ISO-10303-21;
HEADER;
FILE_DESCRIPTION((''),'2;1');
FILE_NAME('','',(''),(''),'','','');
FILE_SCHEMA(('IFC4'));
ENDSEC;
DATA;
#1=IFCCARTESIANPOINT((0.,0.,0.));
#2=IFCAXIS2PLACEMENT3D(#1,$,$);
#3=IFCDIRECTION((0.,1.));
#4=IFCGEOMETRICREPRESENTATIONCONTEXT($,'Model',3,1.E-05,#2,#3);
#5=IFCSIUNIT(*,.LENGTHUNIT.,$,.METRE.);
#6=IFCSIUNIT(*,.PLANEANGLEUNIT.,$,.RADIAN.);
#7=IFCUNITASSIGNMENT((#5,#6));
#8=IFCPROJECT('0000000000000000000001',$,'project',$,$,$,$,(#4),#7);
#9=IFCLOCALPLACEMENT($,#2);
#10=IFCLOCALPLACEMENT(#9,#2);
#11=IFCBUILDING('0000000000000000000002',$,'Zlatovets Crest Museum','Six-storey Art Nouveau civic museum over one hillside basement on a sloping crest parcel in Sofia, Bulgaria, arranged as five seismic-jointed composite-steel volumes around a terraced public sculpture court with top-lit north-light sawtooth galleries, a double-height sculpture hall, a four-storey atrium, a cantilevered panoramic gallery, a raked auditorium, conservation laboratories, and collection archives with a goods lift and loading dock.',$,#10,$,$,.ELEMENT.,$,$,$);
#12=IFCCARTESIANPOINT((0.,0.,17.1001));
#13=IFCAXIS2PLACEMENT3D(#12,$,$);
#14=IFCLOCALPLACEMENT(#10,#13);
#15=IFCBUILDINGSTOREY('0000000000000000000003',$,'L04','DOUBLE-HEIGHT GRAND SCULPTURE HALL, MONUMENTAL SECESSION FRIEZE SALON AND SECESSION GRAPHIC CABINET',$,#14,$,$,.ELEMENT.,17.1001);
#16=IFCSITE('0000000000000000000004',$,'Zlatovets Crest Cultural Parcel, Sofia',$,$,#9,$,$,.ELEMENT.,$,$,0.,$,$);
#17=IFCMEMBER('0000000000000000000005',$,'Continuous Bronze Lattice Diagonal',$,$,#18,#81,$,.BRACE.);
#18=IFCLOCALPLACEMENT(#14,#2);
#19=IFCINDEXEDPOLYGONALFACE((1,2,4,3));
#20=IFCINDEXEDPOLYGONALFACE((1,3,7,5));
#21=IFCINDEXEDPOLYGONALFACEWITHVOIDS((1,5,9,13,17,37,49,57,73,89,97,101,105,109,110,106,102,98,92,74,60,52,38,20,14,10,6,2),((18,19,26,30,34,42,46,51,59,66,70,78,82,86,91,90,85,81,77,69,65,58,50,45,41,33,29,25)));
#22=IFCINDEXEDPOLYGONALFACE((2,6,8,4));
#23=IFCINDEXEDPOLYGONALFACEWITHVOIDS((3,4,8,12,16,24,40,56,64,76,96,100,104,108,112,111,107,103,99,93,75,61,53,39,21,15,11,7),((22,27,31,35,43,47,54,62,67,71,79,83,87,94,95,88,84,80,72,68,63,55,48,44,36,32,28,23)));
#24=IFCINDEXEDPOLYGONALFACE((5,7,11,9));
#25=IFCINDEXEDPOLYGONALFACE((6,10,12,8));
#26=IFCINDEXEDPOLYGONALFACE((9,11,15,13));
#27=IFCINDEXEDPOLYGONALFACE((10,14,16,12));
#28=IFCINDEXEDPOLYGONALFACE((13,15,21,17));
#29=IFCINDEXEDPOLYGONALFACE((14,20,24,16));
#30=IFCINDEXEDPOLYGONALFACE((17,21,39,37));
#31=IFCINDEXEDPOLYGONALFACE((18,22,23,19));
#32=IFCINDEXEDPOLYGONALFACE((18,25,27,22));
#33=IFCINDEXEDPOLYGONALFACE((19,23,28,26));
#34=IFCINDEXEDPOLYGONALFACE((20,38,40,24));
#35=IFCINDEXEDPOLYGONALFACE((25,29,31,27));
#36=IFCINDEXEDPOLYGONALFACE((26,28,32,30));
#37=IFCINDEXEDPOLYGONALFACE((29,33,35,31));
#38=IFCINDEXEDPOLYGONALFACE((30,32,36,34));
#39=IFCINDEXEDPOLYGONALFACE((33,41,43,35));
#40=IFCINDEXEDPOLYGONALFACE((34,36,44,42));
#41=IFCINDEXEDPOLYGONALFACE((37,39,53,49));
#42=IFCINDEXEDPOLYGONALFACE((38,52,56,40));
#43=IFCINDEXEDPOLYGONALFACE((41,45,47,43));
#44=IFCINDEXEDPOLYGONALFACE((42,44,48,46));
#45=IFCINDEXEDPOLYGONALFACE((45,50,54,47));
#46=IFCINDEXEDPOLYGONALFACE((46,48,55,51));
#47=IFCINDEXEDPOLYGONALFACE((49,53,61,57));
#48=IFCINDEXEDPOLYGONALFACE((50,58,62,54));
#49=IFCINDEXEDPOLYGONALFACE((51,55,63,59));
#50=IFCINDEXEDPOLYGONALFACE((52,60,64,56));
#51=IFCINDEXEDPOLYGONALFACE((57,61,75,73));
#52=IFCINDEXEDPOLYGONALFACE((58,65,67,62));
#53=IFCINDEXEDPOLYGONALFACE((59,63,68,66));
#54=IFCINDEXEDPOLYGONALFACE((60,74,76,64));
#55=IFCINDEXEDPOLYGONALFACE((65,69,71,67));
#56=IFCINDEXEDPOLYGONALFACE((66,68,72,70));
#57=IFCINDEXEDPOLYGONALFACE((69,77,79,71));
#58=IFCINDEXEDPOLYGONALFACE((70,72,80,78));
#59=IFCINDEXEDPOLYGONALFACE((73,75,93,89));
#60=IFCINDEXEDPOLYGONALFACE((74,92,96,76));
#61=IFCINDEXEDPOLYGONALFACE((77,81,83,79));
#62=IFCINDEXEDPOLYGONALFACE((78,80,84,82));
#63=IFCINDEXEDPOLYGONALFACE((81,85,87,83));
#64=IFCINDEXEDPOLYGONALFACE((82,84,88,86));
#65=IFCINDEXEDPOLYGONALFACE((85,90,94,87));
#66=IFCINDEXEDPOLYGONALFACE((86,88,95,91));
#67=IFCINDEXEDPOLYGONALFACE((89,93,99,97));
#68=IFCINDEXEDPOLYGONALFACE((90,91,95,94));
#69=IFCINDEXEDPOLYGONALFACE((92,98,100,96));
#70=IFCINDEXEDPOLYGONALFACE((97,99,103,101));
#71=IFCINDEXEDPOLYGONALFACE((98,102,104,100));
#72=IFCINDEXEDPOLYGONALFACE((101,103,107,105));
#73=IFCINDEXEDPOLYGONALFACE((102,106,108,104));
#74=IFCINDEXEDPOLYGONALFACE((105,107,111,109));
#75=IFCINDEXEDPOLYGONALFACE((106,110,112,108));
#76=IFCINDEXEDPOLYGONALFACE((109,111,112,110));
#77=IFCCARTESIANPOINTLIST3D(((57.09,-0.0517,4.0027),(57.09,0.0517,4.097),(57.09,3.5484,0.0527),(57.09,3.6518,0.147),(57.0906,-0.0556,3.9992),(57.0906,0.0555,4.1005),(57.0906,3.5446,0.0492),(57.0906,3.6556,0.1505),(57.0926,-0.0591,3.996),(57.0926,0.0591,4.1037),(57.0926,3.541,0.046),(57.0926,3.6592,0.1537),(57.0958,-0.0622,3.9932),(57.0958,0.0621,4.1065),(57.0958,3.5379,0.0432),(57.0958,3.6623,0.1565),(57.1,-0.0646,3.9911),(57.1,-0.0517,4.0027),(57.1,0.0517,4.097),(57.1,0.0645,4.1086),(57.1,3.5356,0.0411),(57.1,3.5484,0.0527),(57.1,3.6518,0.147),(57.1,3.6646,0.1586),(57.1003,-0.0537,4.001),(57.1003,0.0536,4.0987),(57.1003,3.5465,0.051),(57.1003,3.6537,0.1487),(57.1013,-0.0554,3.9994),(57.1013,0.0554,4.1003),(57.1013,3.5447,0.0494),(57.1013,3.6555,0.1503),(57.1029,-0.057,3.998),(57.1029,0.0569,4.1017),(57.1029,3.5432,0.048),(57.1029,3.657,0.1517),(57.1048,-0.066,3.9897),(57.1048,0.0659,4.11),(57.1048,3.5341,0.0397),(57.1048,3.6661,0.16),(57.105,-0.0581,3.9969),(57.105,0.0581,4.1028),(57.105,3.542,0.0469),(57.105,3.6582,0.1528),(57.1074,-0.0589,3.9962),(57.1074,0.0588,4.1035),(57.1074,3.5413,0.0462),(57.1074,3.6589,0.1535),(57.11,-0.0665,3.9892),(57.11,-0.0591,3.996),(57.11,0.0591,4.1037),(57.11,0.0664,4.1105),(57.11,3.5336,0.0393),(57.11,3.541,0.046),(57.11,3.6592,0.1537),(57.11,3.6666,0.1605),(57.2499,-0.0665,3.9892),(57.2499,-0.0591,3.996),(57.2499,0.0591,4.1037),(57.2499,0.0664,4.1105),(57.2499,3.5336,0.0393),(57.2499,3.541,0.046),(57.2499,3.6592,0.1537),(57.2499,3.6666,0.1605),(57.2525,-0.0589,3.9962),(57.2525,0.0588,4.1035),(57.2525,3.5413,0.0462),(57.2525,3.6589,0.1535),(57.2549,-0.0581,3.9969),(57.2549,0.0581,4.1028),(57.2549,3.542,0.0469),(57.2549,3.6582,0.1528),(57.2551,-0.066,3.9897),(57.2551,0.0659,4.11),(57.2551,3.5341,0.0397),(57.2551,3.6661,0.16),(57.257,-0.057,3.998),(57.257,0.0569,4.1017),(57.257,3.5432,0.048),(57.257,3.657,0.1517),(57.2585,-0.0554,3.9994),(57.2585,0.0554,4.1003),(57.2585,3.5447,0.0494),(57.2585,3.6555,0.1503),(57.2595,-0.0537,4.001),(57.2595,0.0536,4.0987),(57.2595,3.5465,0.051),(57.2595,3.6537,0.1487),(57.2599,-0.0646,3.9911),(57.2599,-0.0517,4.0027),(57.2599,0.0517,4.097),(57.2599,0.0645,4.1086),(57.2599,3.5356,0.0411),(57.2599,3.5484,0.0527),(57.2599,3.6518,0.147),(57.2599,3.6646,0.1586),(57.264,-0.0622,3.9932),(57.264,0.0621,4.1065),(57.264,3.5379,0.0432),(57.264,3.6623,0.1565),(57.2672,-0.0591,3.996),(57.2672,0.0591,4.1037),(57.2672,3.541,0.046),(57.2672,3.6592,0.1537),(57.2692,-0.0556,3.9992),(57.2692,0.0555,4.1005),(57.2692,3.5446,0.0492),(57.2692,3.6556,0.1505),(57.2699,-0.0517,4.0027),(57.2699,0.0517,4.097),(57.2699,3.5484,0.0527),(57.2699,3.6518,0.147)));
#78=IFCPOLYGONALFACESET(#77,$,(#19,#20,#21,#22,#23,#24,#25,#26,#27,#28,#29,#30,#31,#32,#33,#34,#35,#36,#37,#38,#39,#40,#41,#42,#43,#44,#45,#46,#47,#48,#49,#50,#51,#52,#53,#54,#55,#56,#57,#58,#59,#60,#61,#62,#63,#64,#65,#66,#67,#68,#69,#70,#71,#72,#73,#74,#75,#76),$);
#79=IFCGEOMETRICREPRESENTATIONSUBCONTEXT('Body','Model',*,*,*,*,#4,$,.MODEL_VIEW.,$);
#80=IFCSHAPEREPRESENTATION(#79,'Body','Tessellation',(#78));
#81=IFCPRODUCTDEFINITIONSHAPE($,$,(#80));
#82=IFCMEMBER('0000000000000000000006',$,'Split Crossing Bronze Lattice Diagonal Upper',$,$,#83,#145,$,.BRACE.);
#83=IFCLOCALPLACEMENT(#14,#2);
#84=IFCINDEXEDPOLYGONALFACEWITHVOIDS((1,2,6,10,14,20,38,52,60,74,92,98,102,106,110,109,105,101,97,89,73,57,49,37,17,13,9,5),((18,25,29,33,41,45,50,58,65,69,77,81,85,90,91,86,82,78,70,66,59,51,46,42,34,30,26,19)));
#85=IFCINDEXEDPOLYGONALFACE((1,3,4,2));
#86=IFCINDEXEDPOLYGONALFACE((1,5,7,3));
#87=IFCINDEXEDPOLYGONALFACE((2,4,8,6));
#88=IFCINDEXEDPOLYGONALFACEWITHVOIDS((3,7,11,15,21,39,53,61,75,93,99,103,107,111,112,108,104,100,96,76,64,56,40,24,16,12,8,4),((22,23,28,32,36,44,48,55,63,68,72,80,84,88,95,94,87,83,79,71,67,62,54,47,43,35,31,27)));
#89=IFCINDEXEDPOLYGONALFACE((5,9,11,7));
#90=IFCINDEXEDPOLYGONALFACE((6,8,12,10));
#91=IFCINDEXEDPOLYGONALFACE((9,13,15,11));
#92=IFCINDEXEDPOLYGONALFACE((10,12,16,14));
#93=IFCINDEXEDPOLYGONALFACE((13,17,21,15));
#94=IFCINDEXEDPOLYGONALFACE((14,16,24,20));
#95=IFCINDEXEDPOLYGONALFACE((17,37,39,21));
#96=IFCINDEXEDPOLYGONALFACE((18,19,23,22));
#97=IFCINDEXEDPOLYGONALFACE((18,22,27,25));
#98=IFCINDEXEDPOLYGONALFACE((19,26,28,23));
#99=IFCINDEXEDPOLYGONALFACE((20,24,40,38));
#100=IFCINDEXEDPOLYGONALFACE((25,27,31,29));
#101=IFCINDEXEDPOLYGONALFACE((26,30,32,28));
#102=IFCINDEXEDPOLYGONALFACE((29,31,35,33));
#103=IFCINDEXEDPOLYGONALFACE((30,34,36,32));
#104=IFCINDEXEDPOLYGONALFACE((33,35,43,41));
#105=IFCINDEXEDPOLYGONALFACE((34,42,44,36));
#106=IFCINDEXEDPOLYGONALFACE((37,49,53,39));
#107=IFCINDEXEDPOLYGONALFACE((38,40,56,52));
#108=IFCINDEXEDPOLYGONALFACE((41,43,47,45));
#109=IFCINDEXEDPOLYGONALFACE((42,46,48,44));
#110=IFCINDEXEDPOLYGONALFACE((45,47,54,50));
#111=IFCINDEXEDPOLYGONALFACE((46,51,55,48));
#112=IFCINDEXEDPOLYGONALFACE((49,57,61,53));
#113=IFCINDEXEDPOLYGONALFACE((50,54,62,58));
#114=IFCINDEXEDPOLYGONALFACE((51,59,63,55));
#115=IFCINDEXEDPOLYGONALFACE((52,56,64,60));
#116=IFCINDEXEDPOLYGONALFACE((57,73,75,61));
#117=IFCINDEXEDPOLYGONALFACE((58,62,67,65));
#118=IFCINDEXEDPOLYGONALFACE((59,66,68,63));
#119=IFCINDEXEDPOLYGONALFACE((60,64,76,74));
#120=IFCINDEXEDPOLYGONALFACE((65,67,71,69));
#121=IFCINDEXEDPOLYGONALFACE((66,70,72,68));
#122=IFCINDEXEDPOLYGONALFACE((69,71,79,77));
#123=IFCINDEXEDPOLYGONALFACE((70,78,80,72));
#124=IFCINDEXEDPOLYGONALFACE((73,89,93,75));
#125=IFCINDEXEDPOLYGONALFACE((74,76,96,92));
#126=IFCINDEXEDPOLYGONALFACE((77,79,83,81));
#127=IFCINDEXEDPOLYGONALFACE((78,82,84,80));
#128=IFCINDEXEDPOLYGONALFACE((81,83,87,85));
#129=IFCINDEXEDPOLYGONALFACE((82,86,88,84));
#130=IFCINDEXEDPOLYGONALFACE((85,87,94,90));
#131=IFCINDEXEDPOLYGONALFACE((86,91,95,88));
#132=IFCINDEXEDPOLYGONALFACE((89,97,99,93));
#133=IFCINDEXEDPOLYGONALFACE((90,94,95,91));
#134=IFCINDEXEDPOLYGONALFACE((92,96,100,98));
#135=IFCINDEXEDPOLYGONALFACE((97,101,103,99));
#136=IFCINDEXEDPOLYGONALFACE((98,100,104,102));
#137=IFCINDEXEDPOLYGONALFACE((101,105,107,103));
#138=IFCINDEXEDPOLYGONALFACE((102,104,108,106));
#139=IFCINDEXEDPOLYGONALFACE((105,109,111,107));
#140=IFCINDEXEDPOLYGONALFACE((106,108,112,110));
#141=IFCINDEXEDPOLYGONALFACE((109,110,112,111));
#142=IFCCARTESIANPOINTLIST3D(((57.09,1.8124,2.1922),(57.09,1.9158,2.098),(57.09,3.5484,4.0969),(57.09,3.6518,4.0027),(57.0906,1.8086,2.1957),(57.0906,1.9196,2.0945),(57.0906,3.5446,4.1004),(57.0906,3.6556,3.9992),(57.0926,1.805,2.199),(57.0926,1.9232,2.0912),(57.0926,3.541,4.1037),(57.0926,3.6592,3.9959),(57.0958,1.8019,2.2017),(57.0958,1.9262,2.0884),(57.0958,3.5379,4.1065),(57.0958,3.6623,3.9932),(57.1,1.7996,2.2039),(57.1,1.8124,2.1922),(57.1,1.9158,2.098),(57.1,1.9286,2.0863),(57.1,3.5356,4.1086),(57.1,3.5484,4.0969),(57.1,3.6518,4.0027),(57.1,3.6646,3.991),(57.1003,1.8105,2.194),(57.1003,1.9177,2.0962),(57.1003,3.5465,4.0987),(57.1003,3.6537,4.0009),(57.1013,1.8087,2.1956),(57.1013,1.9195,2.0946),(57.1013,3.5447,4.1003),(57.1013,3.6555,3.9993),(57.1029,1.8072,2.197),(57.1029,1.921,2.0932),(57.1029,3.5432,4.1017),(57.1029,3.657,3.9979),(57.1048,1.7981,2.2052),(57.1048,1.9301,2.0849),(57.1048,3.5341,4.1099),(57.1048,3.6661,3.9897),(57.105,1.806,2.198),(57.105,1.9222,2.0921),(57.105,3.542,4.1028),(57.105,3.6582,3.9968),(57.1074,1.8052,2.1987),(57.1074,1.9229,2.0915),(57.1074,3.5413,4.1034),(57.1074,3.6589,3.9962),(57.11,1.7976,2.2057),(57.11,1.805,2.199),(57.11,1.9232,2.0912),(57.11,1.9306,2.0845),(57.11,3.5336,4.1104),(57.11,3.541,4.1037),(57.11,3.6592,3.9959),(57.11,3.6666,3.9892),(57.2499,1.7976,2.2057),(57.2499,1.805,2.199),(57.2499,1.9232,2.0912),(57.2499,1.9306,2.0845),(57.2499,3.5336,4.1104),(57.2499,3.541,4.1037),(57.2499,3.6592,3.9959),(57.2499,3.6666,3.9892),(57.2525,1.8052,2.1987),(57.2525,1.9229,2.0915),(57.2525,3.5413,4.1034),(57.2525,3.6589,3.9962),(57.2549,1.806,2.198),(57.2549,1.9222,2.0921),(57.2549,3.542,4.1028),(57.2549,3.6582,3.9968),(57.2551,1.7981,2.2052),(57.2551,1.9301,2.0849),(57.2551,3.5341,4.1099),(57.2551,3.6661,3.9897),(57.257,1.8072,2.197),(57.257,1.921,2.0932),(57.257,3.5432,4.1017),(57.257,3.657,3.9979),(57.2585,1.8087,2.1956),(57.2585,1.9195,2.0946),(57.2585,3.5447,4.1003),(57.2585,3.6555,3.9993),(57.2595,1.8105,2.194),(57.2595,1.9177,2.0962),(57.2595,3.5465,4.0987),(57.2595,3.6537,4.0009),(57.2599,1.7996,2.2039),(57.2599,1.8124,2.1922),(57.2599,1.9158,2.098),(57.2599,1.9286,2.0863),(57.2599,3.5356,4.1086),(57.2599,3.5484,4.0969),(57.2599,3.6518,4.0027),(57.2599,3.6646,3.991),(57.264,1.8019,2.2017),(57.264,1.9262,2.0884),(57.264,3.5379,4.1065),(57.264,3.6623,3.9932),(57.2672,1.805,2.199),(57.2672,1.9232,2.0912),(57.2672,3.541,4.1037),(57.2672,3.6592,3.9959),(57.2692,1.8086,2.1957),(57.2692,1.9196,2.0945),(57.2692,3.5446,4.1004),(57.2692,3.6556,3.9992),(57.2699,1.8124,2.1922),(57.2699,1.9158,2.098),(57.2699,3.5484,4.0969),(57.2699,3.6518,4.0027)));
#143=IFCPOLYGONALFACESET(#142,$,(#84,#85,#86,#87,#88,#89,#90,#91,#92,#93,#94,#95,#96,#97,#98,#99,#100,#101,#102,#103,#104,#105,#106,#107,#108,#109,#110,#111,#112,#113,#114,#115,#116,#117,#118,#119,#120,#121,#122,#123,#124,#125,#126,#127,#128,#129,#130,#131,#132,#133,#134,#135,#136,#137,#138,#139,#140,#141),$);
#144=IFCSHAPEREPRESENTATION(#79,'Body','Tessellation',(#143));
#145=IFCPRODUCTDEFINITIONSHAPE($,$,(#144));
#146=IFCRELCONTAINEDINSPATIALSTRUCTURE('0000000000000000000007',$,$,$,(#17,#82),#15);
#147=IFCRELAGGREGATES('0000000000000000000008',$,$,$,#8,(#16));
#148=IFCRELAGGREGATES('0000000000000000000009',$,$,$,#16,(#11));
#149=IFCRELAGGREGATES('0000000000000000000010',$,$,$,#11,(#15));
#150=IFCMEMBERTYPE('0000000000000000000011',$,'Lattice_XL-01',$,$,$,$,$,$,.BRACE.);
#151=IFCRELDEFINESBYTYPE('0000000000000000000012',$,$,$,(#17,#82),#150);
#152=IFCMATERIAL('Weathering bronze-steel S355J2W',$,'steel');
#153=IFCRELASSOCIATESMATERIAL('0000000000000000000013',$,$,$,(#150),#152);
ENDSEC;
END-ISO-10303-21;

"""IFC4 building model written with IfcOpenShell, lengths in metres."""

from ifc_helpers import new_model, si_unit, direction, frame, origin, origin_2d, place, context, subcontext, project, spatial, hollow_rectangle, extrude, material, material_profile, profile_set, type_object, element, save


model = new_model("IFC4")

# Units and contexts
model_context = context("Model", 3, precision=1e-05, world=origin(), true_north=direction((0.0, 1.0)))
body_context = subcontext(model_context, "Body", "Model", "MODEL_VIEW")
ifc_project = project(units=[si_unit("LENGTHUNIT", "METRE"), si_unit("PLANEANGLEUNIT", "RADIAN")], contexts=[model_context])

# Site, building, storey
site_placement = place(None, origin())
site = spatial("IfcSite", under=ifc_project, at=site_placement, Name="Zlatovets Crest Cultural Parcel, Sofia", CompositionType="ELEMENT", RefElevation=0.0)
building_placement = place(site_placement, origin())
building = spatial("IfcBuilding", under=site, at=building_placement, Name="Zlatovets Crest Museum", Description="Six-storey Art Nouveau civic museum over one hillside basement on a sloping crest parcel in Sofia, Bulgaria, arranged as five seismic-jointed composite-steel volumes around a terraced public sculpture court with top-lit north-light sawtooth galleries, a double-height sculpture hall, a four-storey atrium, a cantilevered panoramic gallery, a raked auditorium, conservation laboratories, and collection archives with a goods lift and loading dock.", CompositionType="ELEMENT")
storey_placement = place(building_placement, frame((0.0, 0.0, 17.1001)))
storey = spatial("IfcBuildingStorey", under=building, at=storey_placement, Name="L04", Description="DOUBLE-HEIGHT GRAND SCULPTURE HALL, MONUMENTAL SECESSION FRIEZE SALON AND SECESSION GRAPHIC CABINET", CompositionType="ELEMENT", Elevation=17.1001)

# Members
ifc_material_1 = material(Name="Weathering bronze-steel S355J2W", Category="steel")
ifc_material_profile_1 = material_profile(ifc_material_1, hollow_rectangle(XDim=0.1799, YDim=0.1799, WallThickness=0.01, InnerFilletRadius=0.01, OuterFilletRadius=0.02, at=origin_2d()), Name="SHS 180x180x10.0")
ifc_profile_set_1 = profile_set([ifc_material_profile_1], Name="Weathering bronze-steel S355J2W")
member_type_1 = type_object("IfcMemberType", Name="Lattice_XL-01", PredefinedType="BRACE", material=ifc_profile_set_1)
member_1_placement = place(storey_placement, frame((57.1799, 3.6001, 0.0999), z_axis=(0.0, -0.673618, 0.73908), x_axis=(1.0, 0.0, 0.0)))
element("IfcMember", 1, at=member_1_placement, inside=storey, type_object=member_type_1, Name="Continuous Bronze Lattice Diagonal", PredefinedType="BRACE", context=body_context, shape_type="SweptSolid", body=[
    extrude(hollow_rectangle(XDim=0.1799, YDim=0.1799, WallThickness=0.01, InnerFilletRadius=0.01, OuterFilletRadius=0.02, at=origin_2d()), origin(), (0.0, 0.0, 1.0), 5.3445),
])
for number, where, z_axis, x_axis, name in (
    (2, (57.1799, 3.6001, 4.0498), (0.0, -0.67362, -0.739078), (1.0, 0.0, 0.0), "Split Crossing Bronze Lattice Diagonal Upper"),
):
    element("IfcMember", number, at=place(storey_placement, frame(where, z_axis=z_axis, x_axis=x_axis)), inside=storey, type_object=member_type_1, Name=name, PredefinedType="BRACE", context=body_context, shape_type="SweptSolid", body=[
        extrude(hollow_rectangle(XDim=0.1799, YDim=0.1799, WallThickness=0.01, InnerFilletRadius=0.01, OuterFilletRadius=0.02, at=origin_2d()), origin(), (0.0, 0.0, 1.0), 2.5771),
    ])

save(model, "model.ifc")
